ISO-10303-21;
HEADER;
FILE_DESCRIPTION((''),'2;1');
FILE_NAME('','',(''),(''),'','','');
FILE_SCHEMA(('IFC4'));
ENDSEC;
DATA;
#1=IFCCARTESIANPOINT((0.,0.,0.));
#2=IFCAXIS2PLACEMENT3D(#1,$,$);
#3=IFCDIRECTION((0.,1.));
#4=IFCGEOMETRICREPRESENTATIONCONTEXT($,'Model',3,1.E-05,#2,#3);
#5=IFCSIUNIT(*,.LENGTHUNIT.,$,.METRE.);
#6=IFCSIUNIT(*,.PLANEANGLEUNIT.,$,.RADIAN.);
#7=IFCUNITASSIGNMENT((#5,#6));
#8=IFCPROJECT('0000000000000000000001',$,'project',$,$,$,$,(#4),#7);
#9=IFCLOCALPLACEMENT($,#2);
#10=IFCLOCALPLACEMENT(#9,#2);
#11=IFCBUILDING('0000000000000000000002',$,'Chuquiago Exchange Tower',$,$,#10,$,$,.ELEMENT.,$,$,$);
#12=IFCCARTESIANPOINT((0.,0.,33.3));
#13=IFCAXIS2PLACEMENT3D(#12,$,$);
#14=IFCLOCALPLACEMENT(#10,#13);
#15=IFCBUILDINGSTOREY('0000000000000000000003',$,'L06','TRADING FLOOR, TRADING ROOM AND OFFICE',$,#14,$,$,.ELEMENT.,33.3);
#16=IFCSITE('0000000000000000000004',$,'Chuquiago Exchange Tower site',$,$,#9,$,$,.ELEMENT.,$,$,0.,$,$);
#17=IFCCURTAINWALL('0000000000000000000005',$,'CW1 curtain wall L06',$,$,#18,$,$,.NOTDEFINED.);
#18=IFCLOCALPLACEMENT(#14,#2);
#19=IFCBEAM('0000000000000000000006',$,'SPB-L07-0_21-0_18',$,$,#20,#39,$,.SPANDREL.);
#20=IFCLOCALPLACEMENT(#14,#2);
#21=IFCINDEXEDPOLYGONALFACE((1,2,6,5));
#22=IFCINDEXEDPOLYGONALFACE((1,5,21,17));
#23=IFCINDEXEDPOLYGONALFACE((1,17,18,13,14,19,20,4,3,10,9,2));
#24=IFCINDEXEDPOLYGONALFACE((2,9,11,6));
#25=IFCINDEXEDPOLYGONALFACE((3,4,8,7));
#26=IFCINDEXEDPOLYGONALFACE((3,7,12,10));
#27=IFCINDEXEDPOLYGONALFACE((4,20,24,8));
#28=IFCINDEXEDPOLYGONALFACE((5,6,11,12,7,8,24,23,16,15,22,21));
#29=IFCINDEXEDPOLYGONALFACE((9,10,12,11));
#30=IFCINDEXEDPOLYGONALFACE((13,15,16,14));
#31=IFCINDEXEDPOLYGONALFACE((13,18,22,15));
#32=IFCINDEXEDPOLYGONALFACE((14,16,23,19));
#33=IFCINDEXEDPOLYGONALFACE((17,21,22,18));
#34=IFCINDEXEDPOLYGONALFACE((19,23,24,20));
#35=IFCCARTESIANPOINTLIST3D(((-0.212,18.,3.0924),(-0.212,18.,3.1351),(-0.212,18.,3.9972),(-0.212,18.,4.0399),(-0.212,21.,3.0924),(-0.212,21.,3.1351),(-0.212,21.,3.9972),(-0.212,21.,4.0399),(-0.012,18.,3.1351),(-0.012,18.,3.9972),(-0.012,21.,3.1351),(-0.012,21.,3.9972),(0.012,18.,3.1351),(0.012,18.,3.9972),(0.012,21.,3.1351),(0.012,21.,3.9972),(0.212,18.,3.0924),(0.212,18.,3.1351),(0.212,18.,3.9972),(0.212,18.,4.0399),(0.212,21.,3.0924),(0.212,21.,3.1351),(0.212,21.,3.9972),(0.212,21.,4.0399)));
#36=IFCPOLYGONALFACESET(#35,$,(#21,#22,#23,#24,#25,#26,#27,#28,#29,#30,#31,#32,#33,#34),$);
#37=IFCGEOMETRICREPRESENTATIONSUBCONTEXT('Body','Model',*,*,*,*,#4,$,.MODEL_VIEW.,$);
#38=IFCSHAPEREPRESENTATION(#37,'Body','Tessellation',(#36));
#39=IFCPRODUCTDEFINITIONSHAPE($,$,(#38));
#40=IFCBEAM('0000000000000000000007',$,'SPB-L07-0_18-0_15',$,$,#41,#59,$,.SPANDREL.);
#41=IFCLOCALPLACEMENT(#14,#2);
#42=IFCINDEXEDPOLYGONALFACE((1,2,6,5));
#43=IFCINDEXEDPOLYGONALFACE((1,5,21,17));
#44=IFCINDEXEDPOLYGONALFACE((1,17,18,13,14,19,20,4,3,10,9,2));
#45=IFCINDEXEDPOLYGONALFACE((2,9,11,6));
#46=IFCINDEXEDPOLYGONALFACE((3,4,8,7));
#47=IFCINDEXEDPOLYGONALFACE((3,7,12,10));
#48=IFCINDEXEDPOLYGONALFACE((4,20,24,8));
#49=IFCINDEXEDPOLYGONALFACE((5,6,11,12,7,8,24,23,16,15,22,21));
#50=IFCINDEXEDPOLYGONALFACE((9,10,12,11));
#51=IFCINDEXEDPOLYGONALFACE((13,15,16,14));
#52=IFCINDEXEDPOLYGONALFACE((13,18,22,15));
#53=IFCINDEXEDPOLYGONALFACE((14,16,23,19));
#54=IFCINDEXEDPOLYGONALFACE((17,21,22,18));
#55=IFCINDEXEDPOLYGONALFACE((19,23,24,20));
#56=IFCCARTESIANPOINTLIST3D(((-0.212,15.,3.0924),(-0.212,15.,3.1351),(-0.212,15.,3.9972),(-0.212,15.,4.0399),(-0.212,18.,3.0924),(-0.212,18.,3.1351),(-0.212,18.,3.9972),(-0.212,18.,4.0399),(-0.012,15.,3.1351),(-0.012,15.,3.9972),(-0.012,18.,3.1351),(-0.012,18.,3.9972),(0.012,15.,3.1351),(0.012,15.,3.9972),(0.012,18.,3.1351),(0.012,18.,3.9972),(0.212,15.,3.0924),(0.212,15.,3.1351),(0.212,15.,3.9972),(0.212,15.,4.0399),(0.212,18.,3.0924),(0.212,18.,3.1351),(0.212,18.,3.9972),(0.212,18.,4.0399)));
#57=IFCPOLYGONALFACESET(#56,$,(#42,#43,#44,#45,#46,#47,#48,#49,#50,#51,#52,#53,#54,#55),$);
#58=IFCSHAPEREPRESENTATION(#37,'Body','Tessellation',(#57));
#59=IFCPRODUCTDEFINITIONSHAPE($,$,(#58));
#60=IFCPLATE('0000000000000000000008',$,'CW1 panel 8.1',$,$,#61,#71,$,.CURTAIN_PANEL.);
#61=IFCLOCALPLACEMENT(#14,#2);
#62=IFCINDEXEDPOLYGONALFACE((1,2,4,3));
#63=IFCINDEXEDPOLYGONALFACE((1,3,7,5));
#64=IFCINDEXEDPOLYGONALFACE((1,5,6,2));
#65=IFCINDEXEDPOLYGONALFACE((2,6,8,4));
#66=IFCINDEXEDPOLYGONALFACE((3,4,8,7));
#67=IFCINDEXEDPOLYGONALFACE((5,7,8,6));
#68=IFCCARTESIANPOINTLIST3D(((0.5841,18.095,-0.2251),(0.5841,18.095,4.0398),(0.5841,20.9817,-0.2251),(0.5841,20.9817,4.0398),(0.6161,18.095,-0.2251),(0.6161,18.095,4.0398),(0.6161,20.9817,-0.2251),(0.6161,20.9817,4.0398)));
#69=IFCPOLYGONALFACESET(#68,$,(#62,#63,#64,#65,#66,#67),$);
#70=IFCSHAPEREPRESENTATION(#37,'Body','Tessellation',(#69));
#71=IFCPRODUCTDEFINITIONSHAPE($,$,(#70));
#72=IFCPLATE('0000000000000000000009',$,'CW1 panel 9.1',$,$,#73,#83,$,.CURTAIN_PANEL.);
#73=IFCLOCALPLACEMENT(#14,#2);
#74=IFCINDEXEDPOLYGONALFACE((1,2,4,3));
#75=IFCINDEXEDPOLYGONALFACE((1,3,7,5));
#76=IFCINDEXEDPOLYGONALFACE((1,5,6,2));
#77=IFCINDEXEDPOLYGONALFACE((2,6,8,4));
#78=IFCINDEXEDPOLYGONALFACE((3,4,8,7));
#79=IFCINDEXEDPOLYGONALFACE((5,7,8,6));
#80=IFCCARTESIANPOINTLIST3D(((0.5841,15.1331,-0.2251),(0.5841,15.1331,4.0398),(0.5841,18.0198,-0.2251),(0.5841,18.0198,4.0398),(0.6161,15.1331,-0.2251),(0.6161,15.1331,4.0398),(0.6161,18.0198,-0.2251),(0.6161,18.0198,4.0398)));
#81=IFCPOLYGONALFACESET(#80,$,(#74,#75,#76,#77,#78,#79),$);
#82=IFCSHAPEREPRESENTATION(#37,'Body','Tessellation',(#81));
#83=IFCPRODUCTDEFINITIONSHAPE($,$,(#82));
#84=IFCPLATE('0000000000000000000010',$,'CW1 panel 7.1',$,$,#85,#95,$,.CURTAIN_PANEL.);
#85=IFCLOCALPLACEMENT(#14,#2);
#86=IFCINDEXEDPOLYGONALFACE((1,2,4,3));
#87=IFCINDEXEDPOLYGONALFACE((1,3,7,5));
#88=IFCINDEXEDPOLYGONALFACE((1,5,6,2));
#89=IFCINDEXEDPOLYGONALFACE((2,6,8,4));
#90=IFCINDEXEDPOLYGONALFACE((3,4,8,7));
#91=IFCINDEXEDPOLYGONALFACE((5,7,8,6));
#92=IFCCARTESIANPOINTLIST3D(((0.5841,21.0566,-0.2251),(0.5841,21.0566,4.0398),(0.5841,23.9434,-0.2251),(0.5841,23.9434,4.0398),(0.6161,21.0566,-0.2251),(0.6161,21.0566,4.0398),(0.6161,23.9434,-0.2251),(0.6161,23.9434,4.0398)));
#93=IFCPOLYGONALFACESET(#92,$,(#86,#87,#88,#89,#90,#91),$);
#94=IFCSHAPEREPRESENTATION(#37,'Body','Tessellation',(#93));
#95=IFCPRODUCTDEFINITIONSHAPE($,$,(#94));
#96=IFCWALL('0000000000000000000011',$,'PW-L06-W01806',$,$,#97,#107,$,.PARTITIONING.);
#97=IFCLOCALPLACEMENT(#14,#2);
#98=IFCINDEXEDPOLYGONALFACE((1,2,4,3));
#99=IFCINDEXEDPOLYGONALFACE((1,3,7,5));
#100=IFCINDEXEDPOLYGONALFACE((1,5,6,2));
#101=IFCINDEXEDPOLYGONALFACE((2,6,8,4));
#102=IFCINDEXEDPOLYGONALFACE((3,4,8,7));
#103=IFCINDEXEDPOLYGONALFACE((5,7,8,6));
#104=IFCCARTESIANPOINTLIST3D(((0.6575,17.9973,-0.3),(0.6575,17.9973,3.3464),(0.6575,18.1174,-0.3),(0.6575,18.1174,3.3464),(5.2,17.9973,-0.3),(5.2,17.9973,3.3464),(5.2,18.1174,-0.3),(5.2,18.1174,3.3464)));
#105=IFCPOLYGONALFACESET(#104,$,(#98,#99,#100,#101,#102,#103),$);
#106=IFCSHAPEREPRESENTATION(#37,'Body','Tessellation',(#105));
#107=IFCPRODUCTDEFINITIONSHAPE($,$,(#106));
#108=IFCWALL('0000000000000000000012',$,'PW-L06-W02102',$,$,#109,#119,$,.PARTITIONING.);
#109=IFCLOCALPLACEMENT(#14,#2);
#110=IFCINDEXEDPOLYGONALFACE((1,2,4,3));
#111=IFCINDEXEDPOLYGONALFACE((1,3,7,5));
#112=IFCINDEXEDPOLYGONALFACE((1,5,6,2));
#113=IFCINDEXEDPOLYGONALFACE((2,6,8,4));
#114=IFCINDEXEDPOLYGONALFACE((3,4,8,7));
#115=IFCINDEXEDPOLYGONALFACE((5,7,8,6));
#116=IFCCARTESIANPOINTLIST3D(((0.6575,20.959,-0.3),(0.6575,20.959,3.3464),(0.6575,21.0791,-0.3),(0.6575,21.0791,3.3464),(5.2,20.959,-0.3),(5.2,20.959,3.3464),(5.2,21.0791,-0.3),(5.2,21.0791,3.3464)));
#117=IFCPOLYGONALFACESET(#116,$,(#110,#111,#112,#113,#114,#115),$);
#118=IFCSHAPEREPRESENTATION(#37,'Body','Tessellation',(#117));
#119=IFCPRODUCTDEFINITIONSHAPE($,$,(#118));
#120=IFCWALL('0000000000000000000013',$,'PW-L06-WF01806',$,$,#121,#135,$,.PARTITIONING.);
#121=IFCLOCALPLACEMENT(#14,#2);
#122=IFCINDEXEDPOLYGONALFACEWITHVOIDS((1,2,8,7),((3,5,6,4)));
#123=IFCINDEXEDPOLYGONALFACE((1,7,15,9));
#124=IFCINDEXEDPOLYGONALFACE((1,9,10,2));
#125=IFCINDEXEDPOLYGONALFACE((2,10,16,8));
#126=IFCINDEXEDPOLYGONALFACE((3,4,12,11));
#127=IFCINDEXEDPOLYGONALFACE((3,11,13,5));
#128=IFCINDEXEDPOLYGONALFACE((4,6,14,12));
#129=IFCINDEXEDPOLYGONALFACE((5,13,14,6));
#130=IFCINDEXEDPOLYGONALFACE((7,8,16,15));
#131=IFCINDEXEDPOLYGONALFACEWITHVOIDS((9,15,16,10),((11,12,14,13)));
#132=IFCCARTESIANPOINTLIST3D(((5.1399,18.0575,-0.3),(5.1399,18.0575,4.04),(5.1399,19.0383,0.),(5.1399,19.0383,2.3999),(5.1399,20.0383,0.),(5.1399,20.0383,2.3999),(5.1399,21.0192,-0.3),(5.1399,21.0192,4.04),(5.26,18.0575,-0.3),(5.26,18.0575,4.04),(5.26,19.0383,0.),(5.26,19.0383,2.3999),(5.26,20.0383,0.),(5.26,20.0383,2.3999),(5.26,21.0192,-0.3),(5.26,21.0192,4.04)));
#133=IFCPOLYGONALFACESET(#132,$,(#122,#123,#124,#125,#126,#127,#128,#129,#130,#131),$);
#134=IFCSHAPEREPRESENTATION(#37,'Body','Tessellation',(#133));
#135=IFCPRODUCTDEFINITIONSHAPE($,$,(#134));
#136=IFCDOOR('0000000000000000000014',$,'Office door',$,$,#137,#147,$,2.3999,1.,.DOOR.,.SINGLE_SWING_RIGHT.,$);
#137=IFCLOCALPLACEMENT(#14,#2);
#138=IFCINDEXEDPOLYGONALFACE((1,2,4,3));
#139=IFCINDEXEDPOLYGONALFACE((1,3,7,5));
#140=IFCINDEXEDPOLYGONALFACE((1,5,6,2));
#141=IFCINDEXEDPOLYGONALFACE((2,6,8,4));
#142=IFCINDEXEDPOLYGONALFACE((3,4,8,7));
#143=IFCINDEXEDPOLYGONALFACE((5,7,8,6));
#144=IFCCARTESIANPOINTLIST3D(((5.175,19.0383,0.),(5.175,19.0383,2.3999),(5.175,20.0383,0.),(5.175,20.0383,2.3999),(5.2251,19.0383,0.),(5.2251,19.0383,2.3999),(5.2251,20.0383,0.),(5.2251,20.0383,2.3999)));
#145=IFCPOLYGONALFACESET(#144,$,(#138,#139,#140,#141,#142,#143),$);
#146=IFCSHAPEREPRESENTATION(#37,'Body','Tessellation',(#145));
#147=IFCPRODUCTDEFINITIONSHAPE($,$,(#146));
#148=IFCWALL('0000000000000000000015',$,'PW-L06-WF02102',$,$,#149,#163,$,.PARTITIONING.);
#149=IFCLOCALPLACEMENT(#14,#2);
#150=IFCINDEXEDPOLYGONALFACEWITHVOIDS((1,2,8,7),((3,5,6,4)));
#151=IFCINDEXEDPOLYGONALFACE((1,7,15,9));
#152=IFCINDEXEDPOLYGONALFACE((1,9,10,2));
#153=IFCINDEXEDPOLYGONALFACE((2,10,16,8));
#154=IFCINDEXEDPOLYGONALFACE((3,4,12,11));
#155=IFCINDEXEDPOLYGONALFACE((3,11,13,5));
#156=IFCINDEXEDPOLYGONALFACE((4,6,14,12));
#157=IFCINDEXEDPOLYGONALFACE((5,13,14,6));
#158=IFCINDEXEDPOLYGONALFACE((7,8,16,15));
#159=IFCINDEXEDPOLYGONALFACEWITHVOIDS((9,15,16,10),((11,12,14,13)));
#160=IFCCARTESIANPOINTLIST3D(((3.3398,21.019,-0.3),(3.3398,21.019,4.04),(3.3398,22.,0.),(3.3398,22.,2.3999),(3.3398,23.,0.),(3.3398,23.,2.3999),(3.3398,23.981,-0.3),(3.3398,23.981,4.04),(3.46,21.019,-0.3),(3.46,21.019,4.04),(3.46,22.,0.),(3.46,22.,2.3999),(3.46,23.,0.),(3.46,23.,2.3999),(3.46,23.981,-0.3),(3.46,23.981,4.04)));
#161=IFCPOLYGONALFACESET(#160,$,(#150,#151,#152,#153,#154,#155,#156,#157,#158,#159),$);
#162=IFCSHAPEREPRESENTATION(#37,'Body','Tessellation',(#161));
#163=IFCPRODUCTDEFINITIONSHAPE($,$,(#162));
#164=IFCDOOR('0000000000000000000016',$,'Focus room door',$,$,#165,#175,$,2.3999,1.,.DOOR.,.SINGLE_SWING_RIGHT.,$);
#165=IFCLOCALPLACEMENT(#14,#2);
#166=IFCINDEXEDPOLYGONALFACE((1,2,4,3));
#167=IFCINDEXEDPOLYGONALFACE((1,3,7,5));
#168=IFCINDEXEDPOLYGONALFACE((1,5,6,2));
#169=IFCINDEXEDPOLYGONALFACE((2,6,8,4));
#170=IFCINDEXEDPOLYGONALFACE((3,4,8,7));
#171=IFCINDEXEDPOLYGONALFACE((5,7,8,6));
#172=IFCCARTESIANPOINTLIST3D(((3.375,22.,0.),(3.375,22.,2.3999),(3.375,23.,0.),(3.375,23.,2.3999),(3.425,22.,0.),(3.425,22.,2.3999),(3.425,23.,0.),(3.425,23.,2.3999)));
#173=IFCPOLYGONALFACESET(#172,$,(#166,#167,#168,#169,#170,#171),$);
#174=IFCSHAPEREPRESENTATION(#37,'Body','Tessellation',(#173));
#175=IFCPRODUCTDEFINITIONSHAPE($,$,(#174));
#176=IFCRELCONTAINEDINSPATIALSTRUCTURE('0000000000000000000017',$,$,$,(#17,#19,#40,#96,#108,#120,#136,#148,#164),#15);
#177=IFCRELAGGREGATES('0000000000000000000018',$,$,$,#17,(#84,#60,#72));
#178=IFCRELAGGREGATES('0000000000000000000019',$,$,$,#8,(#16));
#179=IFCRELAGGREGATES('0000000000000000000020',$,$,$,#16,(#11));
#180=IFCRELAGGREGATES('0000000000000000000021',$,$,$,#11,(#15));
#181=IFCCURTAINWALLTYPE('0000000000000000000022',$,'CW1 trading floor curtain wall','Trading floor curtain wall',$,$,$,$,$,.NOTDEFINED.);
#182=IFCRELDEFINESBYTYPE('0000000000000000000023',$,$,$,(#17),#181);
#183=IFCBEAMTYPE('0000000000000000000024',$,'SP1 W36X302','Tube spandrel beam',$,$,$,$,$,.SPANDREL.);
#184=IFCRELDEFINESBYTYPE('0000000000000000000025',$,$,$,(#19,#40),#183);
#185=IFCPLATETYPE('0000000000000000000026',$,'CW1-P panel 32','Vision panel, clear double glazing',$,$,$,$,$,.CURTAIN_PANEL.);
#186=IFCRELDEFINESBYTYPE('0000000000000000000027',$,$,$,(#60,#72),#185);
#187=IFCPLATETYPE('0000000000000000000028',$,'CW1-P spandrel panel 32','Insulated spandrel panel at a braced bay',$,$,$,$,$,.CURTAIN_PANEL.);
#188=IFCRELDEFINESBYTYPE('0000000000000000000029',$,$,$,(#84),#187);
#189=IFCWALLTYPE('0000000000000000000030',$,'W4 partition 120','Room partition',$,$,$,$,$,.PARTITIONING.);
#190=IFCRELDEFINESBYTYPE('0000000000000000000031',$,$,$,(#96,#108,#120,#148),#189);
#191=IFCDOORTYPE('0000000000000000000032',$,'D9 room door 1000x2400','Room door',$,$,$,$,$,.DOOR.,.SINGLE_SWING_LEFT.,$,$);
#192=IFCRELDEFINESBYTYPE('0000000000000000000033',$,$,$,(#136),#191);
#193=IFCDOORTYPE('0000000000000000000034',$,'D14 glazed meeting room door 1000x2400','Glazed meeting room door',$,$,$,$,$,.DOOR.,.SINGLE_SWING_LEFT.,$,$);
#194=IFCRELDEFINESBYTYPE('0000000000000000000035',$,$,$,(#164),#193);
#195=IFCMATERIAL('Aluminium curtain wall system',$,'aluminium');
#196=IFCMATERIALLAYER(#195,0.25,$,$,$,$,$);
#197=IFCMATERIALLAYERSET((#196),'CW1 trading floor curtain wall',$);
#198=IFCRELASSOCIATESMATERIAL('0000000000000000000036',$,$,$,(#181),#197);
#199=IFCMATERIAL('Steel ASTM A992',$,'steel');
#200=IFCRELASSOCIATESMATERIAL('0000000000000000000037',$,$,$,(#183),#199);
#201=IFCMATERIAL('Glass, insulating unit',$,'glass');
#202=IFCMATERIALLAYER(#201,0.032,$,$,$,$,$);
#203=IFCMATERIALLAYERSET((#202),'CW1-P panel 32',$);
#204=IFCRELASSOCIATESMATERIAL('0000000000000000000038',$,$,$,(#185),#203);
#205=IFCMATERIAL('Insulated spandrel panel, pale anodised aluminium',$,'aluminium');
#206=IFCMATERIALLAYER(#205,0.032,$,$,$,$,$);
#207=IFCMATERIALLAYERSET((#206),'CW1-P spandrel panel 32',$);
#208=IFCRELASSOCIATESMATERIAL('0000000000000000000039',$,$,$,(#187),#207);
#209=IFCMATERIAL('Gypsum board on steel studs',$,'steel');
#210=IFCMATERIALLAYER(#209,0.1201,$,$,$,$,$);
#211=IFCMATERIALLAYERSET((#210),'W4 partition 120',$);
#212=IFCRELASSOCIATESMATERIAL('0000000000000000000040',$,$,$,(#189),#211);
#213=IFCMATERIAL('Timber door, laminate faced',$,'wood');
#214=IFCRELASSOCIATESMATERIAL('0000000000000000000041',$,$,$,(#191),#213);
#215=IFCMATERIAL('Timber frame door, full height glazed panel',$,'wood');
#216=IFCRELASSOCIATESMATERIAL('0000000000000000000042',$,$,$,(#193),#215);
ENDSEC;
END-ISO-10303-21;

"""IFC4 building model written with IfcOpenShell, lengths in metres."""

from ifc_helpers import new_model, si_unit, direction, frame, frame_2d, origin, origin_2d, place, context, subcontext, project, spatial, rectangle, i_section, extrude, material, layer, layer_set, material_profile, profile_set, type_object, element, fill, aggregate, save


model = new_model("IFC4")

# Units and contexts
model_context = context("Model", 3, precision=1e-05, world=origin(), true_north=direction((0.0, 1.0)))
body_context = subcontext(model_context, "Body", "Model", "MODEL_VIEW")
ifc_project = project(units=[si_unit("LENGTHUNIT", "METRE"), si_unit("PLANEANGLEUNIT", "RADIAN")], contexts=[model_context])

# Site, building, storey
site_placement = place(None, origin())
site = spatial("IfcSite", under=ifc_project, at=site_placement, Name="Chuquiago Exchange Tower site", CompositionType="ELEMENT", RefElevation=0.0)
building_placement = place(site_placement, origin())
building = spatial("IfcBuilding", under=site, at=building_placement, Name="Chuquiago Exchange Tower", CompositionType="ELEMENT")
storey_placement = place(building_placement, frame((0.0, 0.0, 33.3)))
storey = spatial("IfcBuildingStorey", under=building, at=storey_placement, Name="L06", Description="TRADING FLOOR, TRADING ROOM AND OFFICE", CompositionType="ELEMENT", Elevation=33.3)

# Curtain wall
ifc_material_1 = material(Name="Aluminium curtain wall system", Category="aluminium")
ifc_layer_1 = layer(ifc_material_1, 0.25)
ifc_layer_set_1 = layer_set([ifc_layer_1], Name="CW1 trading floor curtain wall")
curtain_wall_type = type_object("IfcCurtainWallType", Name="CW1 trading floor curtain wall", Description="Trading floor curtain wall", PredefinedType="NOTDEFINED", material=ifc_layer_set_1)
curtain_wall_placement = place(storey_placement, origin())
curtain_wall = element("IfcCurtainWall", 1, at=curtain_wall_placement, inside=storey, type_object=curtain_wall_type, Name="CW1 curtain wall L06", PredefinedType="NOTDEFINED")

# Beams
ifc_material_2 = material(Name="Steel ASTM A992", Category="steel")
ifc_material_profile_1 = material_profile(ifc_material_2, i_section(OverallWidth=0.4241, OverallDepth=0.9475, WebThickness=0.0239, FlangeThickness=0.0427, at=origin_2d()), Name="W36X302")
ifc_profile_set_1 = profile_set([ifc_material_profile_1], Name="Steel ASTM A992")
beam_type_1 = type_object("IfcBeamType", Name="SP1 W36X302", Description="Tube spandrel beam", PredefinedType="SPANDREL", material=ifc_profile_set_1)
for number, where, z_axis, x_axis, name in (
    (2, (0.0, 21.0, 3.5662), (0.0, -1.0, 0.0), (1.0, 0.0, 0.0), "SPB-L07-0_21-0_18"),
    (3, (0.0, 18.0, 3.5662), (0.0, -1.0, 0.0), (1.0, 0.0, 0.0), "SPB-L07-0_18-0_15"),
):
    element("IfcBeam", number, at=place(storey_placement, frame(where, z_axis=z_axis, x_axis=x_axis)), inside=storey, type_object=beam_type_1, Name=name, PredefinedType="SPANDREL", context=body_context, shape_type="SweptSolid", body=[
        extrude(i_section(OverallWidth=0.4241, OverallDepth=0.9475, WebThickness=0.0239, FlangeThickness=0.0427, at=origin_2d()), origin(), (0.0, 0.0, 1.0), 3.0),
    ])

# Plates
ifc_material_3 = material(Name="Glass, insulating unit", Category="glass")
ifc_layer_2 = layer(ifc_material_3, 0.032)
ifc_layer_set_2 = layer_set([ifc_layer_2], Name="CW1-P panel 32")
plate_type_1 = type_object("IfcPlateType", Name="CW1-P panel 32", Description="Vision panel, clear double glazing", PredefinedType="CURTAIN_PANEL", material=ifc_layer_set_2)
plate_1_placement = place(storey_placement, frame((0.6001, 19.5383, -0.2251), z_axis=(0.0, 0.0, 1.0), x_axis=(0.0, -1.0, 0.0)))
plate_1 = element("IfcPlate", 4, at=plate_1_placement, type_object=plate_type_1, Name="CW1 panel 8.1", PredefinedType="CURTAIN_PANEL", context=body_context, shape_type="SweptSolid", body=[
    extrude(rectangle(XDim=2.8867, YDim=0.032, at=origin_2d()), origin(), (0.0, 0.0, 1.0), 4.2649),
])
plate_2_placement = place(storey_placement, frame((0.6001, 16.5764, -0.2251), z_axis=(0.0, 0.0, 1.0), x_axis=(0.0, -1.0, 0.0)))
plate_2 = element("IfcPlate", 5, at=plate_2_placement, type_object=plate_type_1, Name="CW1 panel 9.1", PredefinedType="CURTAIN_PANEL", context=body_context, shape_type="SweptSolid", body=[
    extrude(rectangle(XDim=2.8867, YDim=0.032, at=origin_2d()), origin(), (0.0, 0.0, 1.0), 4.2649),
])
ifc_material_4 = material(Name="Insulated spandrel panel, pale anodised aluminium", Category="aluminium")
ifc_layer_3 = layer(ifc_material_4, 0.032)
ifc_layer_set_3 = layer_set([ifc_layer_3], Name="CW1-P spandrel panel 32")
plate_type_2 = type_object("IfcPlateType", Name="CW1-P spandrel panel 32", Description="Insulated spandrel panel at a braced bay", PredefinedType="CURTAIN_PANEL", material=ifc_layer_set_3)
plate_3_placement = place(storey_placement, frame((0.6001, 22.5, -0.2251), z_axis=(0.0, 0.0, 1.0), x_axis=(0.0, -1.0, 0.0)))
plate_3 = element("IfcPlate", 6, at=plate_3_placement, type_object=plate_type_2, Name="CW1 panel 7.1", PredefinedType="CURTAIN_PANEL", context=body_context, shape_type="SweptSolid", body=[
    extrude(rectangle(XDim=2.8867, YDim=0.032, at=origin_2d()), origin(), (0.0, 0.0, 1.0), 4.2649),
])
aggregate(curtain_wall, [plate_3, plate_1, plate_2])

# Walls
ifc_material_5 = material(Name="Gypsum board on steel studs", Category="steel")
ifc_layer_4 = layer(ifc_material_5, 0.1201)
ifc_layer_set_4 = layer_set([ifc_layer_4], Name="W4 partition 120")
wall_type = type_object("IfcWallType", Name="W4 partition 120", Description="Room partition", PredefinedType="PARTITIONING", material=ifc_layer_set_4)
for number, where, z_axis, x_axis, name in (
    (7, (0.6575, 18.0574, -0.3), (0.0, 0.0, 1.0), (1.0, 0.0, 0.0), "PW-L06-W01806"),
    (8, (0.6575, 21.019, -0.3), (0.0, 0.0, 1.0), (1.0, 0.0, 0.0), "PW-L06-W02102"),
):
    element("IfcWall", number, at=place(storey_placement, frame(where, z_axis=z_axis, x_axis=x_axis)), inside=storey, type_object=wall_type, Name=name, PredefinedType="PARTITIONING", context=body_context, shape_type="SweptSolid", body=[
        extrude(rectangle(XDim=4.5425, YDim=0.1201, at=frame_2d((2.2712, 0.0))), origin(), (0.0, 0.0, 1.0), 3.6465),
    ])

# Walls, openings, doors
wall_1_placement = place(storey_placement, frame((5.2, 18.0574, -0.3), z_axis=(0.0, 0.0, 1.0), x_axis=(0.0, 1.0, 0.0)))
wall_1 = element("IfcWall", 9, at=wall_1_placement, inside=storey, type_object=wall_type, Name="PW-L06-WF01806", PredefinedType="PARTITIONING", context=body_context, shape_type="SweptSolid", body=[
    extrude(rectangle(XDim=2.9617, YDim=0.1201, at=frame_2d((1.481, 0.0))), origin(), (0.0, 0.0, 1.0), 4.3401),
])
opening_1_placement = place(wall_1_placement, frame((0.981, 0.0, 0.3)))
opening_1 = element("IfcOpeningElement", 10, at=opening_1_placement, cuts=wall_1, PredefinedType="OPENING", context=body_context, shape_type="SweptSolid", body=[
    extrude(rectangle(XDim=1.0, YDim=2.3999, at=frame_2d((0.5, 1.2))), frame((0.0, 0.0701, 0.0), z_axis=(0.0, -1.0, 0.0), x_axis=(1.0, 0.0, 0.0)), (0.0, 0.0, 1.0), 0.1401),
])
ifc_material_6 = material(Name="Timber door, laminate faced", Category="wood")
door_type_1 = type_object("IfcDoorType", Name="D9 room door 1000x2400", Description="Room door", OperationType="SINGLE_SWING_LEFT", PredefinedType="DOOR", material=ifc_material_6)
door_1_placement = place(opening_1_placement, origin())
door_1 = element("IfcDoor", 11, at=door_1_placement, inside=storey, type_object=door_type_1, Name="Office door", OperationType="SINGLE_SWING_RIGHT", OverallHeight=2.3999, OverallWidth=1.0, PredefinedType="DOOR", context=body_context, shape_type="SweptSolid", body=[
    extrude(rectangle(XDim=1.0, YDim=2.3999, at=frame_2d((0.5, 1.2))), frame((0.0, 0.0249, 0.0), z_axis=(0.0, -1.0, 0.0), x_axis=(1.0, 0.0, 0.0)), (0.0, 0.0, 1.0), 0.05),
])
fill(opening_1, door_1)
wall_2_placement = place(storey_placement, frame((3.3999, 21.019, -0.3), z_axis=(0.0, 0.0, 1.0), x_axis=(0.0, 1.0, 0.0)))
wall_2 = element("IfcWall", 12, at=wall_2_placement, inside=storey, type_object=wall_type, Name="PW-L06-WF02102", PredefinedType="PARTITIONING", context=body_context, shape_type="SweptSolid", body=[
    extrude(rectangle(XDim=2.9619, YDim=0.1201, at=frame_2d((1.481, 0.0))), origin(), (0.0, 0.0, 1.0), 4.3401),
])
opening_2_placement = place(wall_2_placement, frame((0.981, 0.0, 0.3)))
opening_2 = element("IfcOpeningElement", 13, at=opening_2_placement, cuts=wall_2, PredefinedType="OPENING", context=body_context, shape_type="SweptSolid", body=[
    extrude(rectangle(XDim=1.0, YDim=2.3999, at=frame_2d((0.5, 1.2))), frame((0.0, 0.0701, 0.0), z_axis=(0.0, -1.0, 0.0), x_axis=(1.0, 0.0, 0.0)), (0.0, 0.0, 1.0), 0.1401),
])
ifc_material_7 = material(Name="Timber frame door, full height glazed panel", Category="wood")
door_type_2 = type_object("IfcDoorType", Name="D14 glazed meeting room door 1000x2400", Description="Glazed meeting room door", OperationType="SINGLE_SWING_LEFT", PredefinedType="DOOR", material=ifc_material_7)
door_2_placement = place(opening_2_placement, origin())
door_2 = element("IfcDoor", 14, at=door_2_placement, inside=storey, type_object=door_type_2, Name="Focus room door", OperationType="SINGLE_SWING_RIGHT", OverallHeight=2.3999, OverallWidth=1.0, PredefinedType="DOOR", context=body_context, shape_type="SweptSolid", body=[
    extrude(rectangle(XDim=1.0, YDim=2.3999, at=frame_2d((0.5, 1.2))), frame((0.0, 0.0249, 0.0), z_axis=(0.0, -1.0, 0.0), x_axis=(1.0, 0.0, 0.0)), (0.0, 0.0, 1.0), 0.05),
])
fill(opening_2, door_2)

save(model, "model.ifc")
